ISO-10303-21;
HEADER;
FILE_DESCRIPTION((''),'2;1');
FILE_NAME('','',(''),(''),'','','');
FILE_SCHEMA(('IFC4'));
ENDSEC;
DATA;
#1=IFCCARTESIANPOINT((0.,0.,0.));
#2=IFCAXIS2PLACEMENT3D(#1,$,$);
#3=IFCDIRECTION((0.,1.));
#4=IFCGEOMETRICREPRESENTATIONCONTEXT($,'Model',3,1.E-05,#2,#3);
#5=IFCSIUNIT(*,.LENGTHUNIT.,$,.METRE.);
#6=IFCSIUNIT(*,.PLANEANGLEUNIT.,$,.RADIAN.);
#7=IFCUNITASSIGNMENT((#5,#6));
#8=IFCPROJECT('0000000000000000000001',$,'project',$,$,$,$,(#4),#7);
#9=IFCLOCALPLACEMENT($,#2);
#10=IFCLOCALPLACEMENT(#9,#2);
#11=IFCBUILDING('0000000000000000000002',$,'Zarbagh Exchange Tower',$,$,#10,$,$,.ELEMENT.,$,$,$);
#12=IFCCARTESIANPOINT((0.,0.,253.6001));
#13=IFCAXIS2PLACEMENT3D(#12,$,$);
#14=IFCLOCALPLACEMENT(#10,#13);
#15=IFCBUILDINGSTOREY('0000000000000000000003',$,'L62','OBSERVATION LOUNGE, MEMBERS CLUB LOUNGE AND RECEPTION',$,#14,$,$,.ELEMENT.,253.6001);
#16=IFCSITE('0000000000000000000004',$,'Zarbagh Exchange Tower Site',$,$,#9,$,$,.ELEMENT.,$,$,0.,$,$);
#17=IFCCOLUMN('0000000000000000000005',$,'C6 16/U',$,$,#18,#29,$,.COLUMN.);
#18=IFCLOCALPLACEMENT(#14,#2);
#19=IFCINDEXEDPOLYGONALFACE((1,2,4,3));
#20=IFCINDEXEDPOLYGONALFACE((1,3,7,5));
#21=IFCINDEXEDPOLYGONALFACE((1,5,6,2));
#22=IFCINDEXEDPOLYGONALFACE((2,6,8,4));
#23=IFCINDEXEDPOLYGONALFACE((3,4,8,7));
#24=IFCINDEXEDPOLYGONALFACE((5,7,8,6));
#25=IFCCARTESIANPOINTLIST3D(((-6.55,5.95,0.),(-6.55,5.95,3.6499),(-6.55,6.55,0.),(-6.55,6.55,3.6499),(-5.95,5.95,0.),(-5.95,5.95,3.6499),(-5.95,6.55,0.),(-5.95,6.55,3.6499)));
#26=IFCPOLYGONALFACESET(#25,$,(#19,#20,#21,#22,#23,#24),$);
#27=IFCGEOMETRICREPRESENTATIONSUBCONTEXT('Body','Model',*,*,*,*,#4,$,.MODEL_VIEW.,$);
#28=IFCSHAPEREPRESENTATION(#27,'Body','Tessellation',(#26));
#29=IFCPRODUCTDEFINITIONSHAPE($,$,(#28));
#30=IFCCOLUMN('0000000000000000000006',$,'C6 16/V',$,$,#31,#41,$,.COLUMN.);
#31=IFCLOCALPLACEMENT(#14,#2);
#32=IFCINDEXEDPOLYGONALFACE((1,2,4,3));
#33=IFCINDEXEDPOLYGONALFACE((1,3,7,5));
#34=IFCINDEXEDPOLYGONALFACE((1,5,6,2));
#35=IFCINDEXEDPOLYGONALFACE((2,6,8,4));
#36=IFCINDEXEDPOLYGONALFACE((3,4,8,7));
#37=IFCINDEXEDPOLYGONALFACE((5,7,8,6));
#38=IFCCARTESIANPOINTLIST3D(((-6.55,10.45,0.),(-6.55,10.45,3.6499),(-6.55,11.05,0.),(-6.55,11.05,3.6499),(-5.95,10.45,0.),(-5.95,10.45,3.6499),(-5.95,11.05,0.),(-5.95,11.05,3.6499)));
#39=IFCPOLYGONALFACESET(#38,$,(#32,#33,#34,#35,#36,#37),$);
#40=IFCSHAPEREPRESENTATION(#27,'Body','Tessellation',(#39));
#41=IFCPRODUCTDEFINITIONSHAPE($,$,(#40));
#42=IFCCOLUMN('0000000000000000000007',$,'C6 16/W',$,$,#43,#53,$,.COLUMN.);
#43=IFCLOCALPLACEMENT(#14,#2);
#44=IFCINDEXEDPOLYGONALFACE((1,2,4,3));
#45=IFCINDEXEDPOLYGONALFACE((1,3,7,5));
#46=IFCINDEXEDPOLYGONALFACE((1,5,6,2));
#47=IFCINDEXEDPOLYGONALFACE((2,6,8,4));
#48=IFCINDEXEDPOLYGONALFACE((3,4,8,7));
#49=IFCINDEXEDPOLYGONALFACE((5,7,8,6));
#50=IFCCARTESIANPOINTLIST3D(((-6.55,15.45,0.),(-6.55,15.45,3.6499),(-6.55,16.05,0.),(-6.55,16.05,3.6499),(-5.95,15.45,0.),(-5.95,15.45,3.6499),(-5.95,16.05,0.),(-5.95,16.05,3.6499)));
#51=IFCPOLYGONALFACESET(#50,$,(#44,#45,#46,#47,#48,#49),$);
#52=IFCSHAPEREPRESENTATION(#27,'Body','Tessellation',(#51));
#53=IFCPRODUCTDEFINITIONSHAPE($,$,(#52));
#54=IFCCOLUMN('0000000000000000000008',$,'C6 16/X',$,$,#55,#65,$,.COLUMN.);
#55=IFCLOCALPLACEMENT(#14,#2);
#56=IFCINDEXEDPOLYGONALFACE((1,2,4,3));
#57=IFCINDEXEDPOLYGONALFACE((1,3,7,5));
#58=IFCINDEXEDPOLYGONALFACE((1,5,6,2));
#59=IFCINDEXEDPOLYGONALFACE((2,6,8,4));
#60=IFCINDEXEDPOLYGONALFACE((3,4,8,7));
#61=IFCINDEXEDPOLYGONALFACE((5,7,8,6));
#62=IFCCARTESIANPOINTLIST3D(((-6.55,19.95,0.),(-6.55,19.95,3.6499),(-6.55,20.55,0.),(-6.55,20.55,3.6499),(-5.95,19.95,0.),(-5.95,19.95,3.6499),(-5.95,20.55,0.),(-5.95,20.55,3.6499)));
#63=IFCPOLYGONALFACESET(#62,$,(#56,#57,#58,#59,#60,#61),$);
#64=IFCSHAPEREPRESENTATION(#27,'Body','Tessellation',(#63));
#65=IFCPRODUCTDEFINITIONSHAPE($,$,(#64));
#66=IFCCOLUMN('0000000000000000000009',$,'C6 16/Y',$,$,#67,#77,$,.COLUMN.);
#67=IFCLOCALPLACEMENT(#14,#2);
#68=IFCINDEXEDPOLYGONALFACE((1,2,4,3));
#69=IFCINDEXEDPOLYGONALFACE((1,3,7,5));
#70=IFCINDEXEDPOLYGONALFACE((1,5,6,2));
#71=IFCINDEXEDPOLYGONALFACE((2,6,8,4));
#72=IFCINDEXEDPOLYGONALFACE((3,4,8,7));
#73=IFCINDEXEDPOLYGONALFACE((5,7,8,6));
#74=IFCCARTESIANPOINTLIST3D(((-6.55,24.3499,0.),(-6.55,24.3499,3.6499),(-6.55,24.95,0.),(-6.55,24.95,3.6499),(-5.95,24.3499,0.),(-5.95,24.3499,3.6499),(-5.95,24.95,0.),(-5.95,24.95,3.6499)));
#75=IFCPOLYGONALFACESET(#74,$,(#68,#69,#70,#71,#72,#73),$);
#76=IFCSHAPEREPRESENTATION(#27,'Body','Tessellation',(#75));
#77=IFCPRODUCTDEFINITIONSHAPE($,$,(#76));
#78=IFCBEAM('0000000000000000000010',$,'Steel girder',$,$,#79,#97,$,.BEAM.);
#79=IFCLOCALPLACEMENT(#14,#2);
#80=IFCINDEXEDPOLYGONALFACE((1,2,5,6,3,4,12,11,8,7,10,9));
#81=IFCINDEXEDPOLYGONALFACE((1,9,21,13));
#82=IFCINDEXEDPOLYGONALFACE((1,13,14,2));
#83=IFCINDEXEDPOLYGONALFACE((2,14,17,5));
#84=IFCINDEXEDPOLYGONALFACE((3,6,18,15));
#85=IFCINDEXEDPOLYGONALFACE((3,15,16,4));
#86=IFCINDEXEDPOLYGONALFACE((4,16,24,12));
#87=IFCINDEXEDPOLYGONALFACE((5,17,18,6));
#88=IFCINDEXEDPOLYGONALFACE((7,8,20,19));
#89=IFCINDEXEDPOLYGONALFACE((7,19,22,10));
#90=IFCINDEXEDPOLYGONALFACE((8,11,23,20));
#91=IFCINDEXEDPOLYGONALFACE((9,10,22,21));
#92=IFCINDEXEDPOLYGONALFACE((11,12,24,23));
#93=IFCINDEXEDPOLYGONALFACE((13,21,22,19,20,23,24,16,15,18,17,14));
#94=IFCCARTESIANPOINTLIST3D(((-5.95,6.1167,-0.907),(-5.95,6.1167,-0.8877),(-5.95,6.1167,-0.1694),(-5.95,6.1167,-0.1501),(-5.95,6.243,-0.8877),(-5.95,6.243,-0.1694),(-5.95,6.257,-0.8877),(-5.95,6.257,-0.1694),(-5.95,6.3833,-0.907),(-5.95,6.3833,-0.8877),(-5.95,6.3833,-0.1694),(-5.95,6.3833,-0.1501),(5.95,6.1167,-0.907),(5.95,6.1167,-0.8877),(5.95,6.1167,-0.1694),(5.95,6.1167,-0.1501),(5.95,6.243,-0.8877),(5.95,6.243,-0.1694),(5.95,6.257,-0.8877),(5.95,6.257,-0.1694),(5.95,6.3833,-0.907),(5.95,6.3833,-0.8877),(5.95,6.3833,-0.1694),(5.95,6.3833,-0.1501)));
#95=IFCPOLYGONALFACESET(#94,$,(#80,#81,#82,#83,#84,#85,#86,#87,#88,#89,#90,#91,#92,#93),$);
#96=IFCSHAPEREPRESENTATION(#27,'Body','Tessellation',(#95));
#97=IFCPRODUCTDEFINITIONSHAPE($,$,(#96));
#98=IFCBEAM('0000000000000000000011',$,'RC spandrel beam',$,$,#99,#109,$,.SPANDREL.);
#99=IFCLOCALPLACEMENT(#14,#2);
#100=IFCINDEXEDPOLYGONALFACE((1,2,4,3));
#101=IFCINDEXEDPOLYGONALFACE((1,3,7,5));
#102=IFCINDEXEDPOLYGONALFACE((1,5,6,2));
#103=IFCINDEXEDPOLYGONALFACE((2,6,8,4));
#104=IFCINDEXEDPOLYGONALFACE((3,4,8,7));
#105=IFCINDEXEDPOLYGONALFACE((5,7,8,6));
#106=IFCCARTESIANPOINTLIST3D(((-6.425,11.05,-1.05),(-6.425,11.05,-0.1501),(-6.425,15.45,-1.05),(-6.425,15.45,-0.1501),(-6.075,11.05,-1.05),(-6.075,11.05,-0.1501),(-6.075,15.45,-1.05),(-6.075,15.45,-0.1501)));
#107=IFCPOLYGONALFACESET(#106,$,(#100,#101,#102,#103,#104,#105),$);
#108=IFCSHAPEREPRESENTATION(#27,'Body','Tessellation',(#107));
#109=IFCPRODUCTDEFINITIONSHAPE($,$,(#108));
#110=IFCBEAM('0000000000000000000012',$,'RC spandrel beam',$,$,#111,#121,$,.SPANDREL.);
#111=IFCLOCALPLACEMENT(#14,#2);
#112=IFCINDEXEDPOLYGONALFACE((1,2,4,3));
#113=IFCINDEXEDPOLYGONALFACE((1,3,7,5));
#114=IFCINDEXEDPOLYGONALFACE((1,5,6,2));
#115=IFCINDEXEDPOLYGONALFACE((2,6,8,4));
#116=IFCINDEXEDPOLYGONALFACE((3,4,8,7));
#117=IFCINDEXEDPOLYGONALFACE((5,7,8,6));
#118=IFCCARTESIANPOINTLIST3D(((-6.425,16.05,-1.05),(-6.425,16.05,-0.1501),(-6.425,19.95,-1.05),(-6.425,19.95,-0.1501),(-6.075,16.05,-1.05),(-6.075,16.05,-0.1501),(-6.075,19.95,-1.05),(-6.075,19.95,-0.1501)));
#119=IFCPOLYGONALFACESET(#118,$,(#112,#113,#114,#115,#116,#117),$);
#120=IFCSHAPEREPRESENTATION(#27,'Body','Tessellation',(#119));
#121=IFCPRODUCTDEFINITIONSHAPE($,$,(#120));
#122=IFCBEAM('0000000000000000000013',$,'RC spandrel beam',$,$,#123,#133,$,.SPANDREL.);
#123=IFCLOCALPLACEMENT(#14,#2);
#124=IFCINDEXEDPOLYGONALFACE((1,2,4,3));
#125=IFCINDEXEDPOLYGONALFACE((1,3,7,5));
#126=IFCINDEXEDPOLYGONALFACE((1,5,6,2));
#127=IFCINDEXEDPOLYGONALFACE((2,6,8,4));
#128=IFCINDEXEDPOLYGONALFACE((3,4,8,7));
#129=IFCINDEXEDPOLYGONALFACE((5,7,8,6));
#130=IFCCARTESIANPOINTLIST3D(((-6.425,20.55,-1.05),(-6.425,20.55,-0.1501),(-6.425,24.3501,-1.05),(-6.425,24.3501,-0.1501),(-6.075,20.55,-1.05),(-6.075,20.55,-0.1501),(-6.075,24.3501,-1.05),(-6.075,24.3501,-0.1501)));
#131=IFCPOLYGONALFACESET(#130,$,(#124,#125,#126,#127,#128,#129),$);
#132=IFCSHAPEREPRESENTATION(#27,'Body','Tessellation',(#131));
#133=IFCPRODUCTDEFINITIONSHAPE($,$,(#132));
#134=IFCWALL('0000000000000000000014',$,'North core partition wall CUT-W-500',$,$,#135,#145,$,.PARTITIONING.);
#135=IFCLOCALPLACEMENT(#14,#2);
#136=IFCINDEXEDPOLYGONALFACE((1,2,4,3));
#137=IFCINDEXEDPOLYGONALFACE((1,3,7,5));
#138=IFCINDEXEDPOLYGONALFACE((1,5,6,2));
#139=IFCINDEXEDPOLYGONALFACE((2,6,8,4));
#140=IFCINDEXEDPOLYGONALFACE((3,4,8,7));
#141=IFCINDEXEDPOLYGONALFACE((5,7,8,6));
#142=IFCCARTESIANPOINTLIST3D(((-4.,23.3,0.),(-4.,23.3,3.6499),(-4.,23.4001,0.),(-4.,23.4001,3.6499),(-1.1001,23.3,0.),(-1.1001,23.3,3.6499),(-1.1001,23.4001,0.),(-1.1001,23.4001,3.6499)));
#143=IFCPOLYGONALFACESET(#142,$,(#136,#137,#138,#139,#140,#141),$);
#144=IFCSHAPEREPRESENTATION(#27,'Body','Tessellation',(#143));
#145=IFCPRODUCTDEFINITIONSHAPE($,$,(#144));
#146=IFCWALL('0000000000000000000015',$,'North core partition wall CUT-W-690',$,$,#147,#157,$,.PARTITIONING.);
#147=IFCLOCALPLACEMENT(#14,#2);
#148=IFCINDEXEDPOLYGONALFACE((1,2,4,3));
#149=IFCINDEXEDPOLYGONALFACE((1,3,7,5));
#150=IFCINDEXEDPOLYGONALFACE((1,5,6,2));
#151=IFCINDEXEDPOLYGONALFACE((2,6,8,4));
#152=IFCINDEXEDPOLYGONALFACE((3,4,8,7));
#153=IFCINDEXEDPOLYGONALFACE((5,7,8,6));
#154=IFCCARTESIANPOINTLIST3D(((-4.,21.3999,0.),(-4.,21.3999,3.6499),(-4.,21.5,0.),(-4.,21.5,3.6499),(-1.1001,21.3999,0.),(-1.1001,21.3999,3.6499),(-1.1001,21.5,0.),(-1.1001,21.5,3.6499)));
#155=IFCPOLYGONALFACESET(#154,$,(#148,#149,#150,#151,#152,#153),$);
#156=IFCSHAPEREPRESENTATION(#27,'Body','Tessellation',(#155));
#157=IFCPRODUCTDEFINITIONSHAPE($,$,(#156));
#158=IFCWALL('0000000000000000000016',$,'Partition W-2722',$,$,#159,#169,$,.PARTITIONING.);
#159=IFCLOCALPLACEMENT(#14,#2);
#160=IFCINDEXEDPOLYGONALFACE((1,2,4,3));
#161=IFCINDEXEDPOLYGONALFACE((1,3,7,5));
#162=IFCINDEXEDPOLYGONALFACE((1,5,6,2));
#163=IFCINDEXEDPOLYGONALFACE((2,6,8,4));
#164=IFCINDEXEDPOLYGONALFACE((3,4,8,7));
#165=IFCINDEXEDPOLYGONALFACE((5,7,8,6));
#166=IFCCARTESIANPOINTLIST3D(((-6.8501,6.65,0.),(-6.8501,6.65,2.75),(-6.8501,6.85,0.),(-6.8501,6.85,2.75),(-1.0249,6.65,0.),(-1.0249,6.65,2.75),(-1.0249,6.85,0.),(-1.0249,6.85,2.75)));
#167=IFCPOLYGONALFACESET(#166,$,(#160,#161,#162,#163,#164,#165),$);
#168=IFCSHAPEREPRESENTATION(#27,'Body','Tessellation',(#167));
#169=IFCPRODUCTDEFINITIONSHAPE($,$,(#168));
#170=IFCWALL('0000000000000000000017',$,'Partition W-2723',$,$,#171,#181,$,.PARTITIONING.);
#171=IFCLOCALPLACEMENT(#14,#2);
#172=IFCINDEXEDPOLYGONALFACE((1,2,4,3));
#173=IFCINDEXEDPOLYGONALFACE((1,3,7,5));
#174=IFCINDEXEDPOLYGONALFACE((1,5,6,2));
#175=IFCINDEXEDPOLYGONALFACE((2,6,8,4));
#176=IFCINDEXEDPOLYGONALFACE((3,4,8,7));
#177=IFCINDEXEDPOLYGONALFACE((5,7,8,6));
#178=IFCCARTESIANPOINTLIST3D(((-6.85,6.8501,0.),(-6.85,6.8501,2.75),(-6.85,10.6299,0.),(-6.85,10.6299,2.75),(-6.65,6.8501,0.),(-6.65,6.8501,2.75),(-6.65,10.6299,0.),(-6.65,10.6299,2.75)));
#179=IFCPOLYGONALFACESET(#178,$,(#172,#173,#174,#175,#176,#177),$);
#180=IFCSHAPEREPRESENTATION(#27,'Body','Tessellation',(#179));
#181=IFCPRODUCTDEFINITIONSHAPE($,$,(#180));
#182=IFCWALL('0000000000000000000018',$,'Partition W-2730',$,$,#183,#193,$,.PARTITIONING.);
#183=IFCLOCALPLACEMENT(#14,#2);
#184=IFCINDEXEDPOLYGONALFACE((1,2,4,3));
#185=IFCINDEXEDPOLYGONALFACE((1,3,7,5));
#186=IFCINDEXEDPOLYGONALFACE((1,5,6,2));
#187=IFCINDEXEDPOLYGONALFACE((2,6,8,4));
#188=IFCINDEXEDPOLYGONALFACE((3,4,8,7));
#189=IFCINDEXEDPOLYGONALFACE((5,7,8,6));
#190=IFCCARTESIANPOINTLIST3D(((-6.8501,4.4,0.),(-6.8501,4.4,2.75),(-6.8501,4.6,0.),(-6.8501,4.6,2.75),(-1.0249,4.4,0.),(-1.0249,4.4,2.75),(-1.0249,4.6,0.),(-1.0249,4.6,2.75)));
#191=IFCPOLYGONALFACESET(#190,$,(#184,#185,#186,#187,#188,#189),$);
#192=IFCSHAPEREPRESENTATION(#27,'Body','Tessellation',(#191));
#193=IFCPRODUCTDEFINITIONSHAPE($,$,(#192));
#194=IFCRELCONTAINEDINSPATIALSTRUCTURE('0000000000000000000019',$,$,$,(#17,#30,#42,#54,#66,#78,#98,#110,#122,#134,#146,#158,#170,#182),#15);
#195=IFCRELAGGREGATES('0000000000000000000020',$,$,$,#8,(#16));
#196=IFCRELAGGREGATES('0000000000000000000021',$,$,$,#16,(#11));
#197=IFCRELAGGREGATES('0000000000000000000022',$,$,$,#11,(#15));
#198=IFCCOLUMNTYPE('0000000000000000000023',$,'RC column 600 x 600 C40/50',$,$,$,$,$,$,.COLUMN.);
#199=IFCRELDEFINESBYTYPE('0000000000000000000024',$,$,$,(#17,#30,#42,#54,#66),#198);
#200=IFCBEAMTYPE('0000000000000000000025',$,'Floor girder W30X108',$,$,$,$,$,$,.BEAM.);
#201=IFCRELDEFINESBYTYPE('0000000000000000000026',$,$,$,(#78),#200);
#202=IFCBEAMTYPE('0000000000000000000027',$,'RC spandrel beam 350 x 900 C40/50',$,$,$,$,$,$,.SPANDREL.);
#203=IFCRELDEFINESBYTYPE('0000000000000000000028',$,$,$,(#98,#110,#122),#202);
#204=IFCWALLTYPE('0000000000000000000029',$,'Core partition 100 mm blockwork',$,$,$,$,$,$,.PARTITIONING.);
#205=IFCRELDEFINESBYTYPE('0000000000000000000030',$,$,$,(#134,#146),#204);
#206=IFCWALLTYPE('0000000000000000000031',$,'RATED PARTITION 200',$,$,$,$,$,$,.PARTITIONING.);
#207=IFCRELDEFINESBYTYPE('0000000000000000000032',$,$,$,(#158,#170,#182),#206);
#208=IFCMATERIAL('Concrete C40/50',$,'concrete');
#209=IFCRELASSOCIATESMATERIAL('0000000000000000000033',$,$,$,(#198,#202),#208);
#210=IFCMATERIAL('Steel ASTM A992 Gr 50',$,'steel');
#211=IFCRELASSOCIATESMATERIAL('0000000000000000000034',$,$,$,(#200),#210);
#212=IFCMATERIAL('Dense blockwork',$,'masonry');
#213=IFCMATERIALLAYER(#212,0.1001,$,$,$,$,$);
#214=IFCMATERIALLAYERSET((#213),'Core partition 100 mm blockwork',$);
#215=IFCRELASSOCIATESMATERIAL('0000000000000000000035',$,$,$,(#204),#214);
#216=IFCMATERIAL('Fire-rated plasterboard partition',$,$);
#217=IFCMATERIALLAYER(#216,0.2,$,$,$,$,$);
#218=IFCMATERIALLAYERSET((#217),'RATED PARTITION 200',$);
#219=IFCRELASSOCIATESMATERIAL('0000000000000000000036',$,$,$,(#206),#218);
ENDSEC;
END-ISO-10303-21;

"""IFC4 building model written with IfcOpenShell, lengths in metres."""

from ifc_helpers import new_model, si_unit, direction, frame, frame_2d, origin, origin_2d, place, context, subcontext, project, spatial, rectangle, i_section, extrude, material, layer, layer_set, material_profile, profile_set, type_object, element, save


model = new_model("IFC4")

# Units and contexts
model_context = context("Model", 3, precision=1e-05, world=origin(), true_north=direction((0.0, 1.0)))
body_context = subcontext(model_context, "Body", "Model", "MODEL_VIEW")
ifc_project = project(units=[si_unit("LENGTHUNIT", "METRE"), si_unit("PLANEANGLEUNIT", "RADIAN")], contexts=[model_context])

# Site, building, storey
site_placement = place(None, origin())
site = spatial("IfcSite", under=ifc_project, at=site_placement, Name="Zarbagh Exchange Tower Site", CompositionType="ELEMENT", RefElevation=0.0)
building_placement = place(site_placement, origin())
building = spatial("IfcBuilding", under=site, at=building_placement, Name="Zarbagh Exchange Tower", CompositionType="ELEMENT")
storey_placement = place(building_placement, frame((0.0, 0.0, 253.6001)))
storey = spatial("IfcBuildingStorey", under=building, at=storey_placement, Name="L62", Description="OBSERVATION LOUNGE, MEMBERS CLUB LOUNGE AND RECEPTION", CompositionType="ELEMENT", Elevation=253.6001)

# Columns
ifc_material_1 = material(Name="Concrete C40/50", Category="concrete")
ifc_material_profile_1 = material_profile(ifc_material_1, rectangle(XDim=0.6001, YDim=0.6001, at=origin_2d()), Name="RC column 600 x 600 C40/50")
ifc_profile_set_1 = profile_set([ifc_material_profile_1], Name="Concrete C40/50")
column_type = type_object("IfcColumnType", Name="RC column 600 x 600 C40/50", PredefinedType="COLUMN", material=ifc_profile_set_1)
for number, where, z_axis, x_axis, name in (
    (1, (-6.25, 6.25, 0.0), (0.0, 0.0, 1.0), (1.0, 0.0, 0.0), "C6 16/U"),
    (2, (-6.25, 10.75, 0.0), (0.0, 0.0, 1.0), (1.0, 0.0, 0.0), "C6 16/V"),
    (3, (-6.25, 15.75, 0.0), (0.0, 0.0, 1.0), (1.0, 0.0, 0.0), "C6 16/W"),
    (4, (-6.25, 20.25, 0.0), (0.0, 0.0, 1.0), (1.0, 0.0, 0.0), "C6 16/X"),
    (5, (-6.25, 24.6499, 0.0), (0.0, 0.0, 1.0), (1.0, 0.0, 0.0), "C6 16/Y"),
):
    element("IfcColumn", number, at=place(storey_placement, frame(where, z_axis=z_axis, x_axis=x_axis)), inside=storey, type_object=column_type, Name=name, PredefinedType="COLUMN", context=body_context, shape_type="SweptSolid", body=[
        extrude(rectangle(XDim=0.6001, YDim=0.6001, at=origin_2d()), origin(), (0.0, 0.0, 1.0), 3.6499),
    ])

# Beams
ifc_material_2 = material(Name="Steel ASTM A992 Gr 50", Category="steel")
ifc_material_profile_2 = material_profile(ifc_material_2, i_section(OverallWidth=0.2666, OverallDepth=0.7568, WebThickness=0.0139, FlangeThickness=0.0193, at=origin_2d()), Name="W30X108")
ifc_profile_set_2 = profile_set([ifc_material_profile_2], Name="Steel ASTM A992 Gr 50")
beam_type_1 = type_object("IfcBeamType", Name="Floor girder W30X108", PredefinedType="BEAM", material=ifc_profile_set_2)
beam_1_placement = place(storey_placement, frame((-5.95, 6.25, -0.5286), z_axis=(1.0, 0.0, 0.0), x_axis=(0.0, 1.0, 0.0)))
element("IfcBeam", 6, at=beam_1_placement, inside=storey, type_object=beam_type_1, Name="Steel girder", PredefinedType="BEAM", context=body_context, shape_type="SweptSolid", body=[
    extrude(i_section(OverallWidth=0.2666, OverallDepth=0.7568, WebThickness=0.0139, FlangeThickness=0.0193, at=origin_2d()), origin(), (0.0, 0.0, 1.0), 11.8999),
])
ifc_material_profile_3 = material_profile(ifc_material_1, rectangle(XDim=0.3501, YDim=0.8999, at=origin_2d()), Name="RC spandrel beam 350 x 900 C40/50")
ifc_profile_set_3 = profile_set([ifc_material_profile_3], Name="Concrete C40/50")
beam_type_2 = type_object("IfcBeamType", Name="RC spandrel beam 350 x 900 C40/50", PredefinedType="SPANDREL", material=ifc_profile_set_3)
beam_2_placement = place(storey_placement, frame((-6.25, 11.05, -0.6001), z_axis=(0.0, 1.0, 0.0), x_axis=(-1.0, 0.0, 0.0)))
element("IfcBeam", 7, at=beam_2_placement, inside=storey, type_object=beam_type_2, Name="RC spandrel beam", PredefinedType="SPANDREL", context=body_context, shape_type="SweptSolid", body=[
    extrude(rectangle(XDim=0.3501, YDim=0.8999, at=origin_2d()), origin(), (0.0, 0.0, 1.0), 4.3999),
])
beam_3_placement = place(storey_placement, frame((-6.25, 16.05, -0.6001), z_axis=(0.0, 1.0, 0.0), x_axis=(-1.0, 0.0, 0.0)))
element("IfcBeam", 8, at=beam_3_placement, inside=storey, type_object=beam_type_2, Name="RC spandrel beam", PredefinedType="SPANDREL", context=body_context, shape_type="SweptSolid", body=[
    extrude(rectangle(XDim=0.3501, YDim=0.8999, at=origin_2d()), origin(), (0.0, 0.0, 1.0), 3.8999),
])
beam_4_placement = place(storey_placement, frame((-6.25, 20.55, -0.6001), z_axis=(0.0, 1.0, 0.0), x_axis=(-1.0, 0.0, 0.0)))
element("IfcBeam", 9, at=beam_4_placement, inside=storey, type_object=beam_type_2, Name="RC spandrel beam", PredefinedType="SPANDREL", context=body_context, shape_type="SweptSolid", body=[
    extrude(rectangle(XDim=0.3501, YDim=0.8999, at=origin_2d()), origin(), (0.0, 0.0, 1.0), 3.8),
])

# Walls
ifc_material_3 = material(Name="Dense blockwork", Category="masonry")
ifc_layer_1 = layer(ifc_material_3, 0.1001)
ifc_layer_set_1 = layer_set([ifc_layer_1], Name="Core partition 100 mm blockwork")
wall_type_1 = type_object("IfcWallType", Name="Core partition 100 mm blockwork", PredefinedType="PARTITIONING", material=ifc_layer_set_1)
for number, where, z_axis, x_axis, name in (
    (10, (-4.0, 23.3501, 0.0), (0.0, 0.0, 1.0), (1.0, 0.0, 0.0), "North core partition wall CUT-W-500"),
    (11, (-4.0, 21.45, 0.0), (0.0, 0.0, 1.0), (1.0, 0.0, 0.0), "North core partition wall CUT-W-690"),
):
    element("IfcWall", number, at=place(storey_placement, frame(where, z_axis=z_axis, x_axis=x_axis)), inside=storey, type_object=wall_type_1, Name=name, PredefinedType="PARTITIONING", context=body_context, shape_type="SweptSolid", body=[
        extrude(rectangle(XDim=2.8999, YDim=0.1001, at=frame_2d((1.45, 0.0))), origin(), (0.0, 0.0, 1.0), 3.6499),
    ])
ifc_material_4 = material(Name="Fire-rated plasterboard partition")
ifc_layer_2 = layer(ifc_material_4, 0.2)
ifc_layer_set_2 = layer_set([ifc_layer_2], Name="RATED PARTITION 200")
wall_type_2 = type_object("IfcWallType", Name="RATED PARTITION 200", PredefinedType="PARTITIONING", material=ifc_layer_set_2)
wall_1_placement = place(storey_placement, frame((-6.8501, 6.75, 0.0), z_axis=(0.0, 0.0, 1.0), x_axis=(1.0, 0.0, 0.0)))
element("IfcWall", 12, at=wall_1_placement, inside=storey, type_object=wall_type_2, Name="Partition W-2722", PredefinedType="PARTITIONING", context=body_context, shape_type="SweptSolid", body=[
    extrude(rectangle(XDim=5.8252, YDim=0.2, at=frame_2d((2.9126, 0.0))), origin(), (0.0, 0.0, 1.0), 2.75),
])
wall_2_placement = place(storey_placement, frame((-6.75, 6.8501, 0.0), z_axis=(0.0, 0.0, 1.0), x_axis=(0.0, 1.0, 0.0)))
element("IfcWall", 13, at=wall_2_placement, inside=storey, type_object=wall_type_2, Name="Partition W-2723", PredefinedType="PARTITIONING", context=body_context, shape_type="SweptSolid", body=[
    extrude(rectangle(XDim=3.7798, YDim=0.2, at=frame_2d((1.8899, 0.0))), origin(), (0.0, 0.0, 1.0), 2.75),
])
wall_3_placement = place(storey_placement, frame((-6.8501, 4.5, 0.0), z_axis=(0.0, 0.0, 1.0), x_axis=(1.0, 0.0, 0.0)))
element("IfcWall", 14, at=wall_3_placement, inside=storey, type_object=wall_type_2, Name="Partition W-2730", PredefinedType="PARTITIONING", context=body_context, shape_type="SweptSolid", body=[
    extrude(rectangle(XDim=5.8252, YDim=0.2, at=frame_2d((2.9126, 0.0))), origin(), (0.0, 0.0, 1.0), 2.75),
])

save(model, "model.ifc")
